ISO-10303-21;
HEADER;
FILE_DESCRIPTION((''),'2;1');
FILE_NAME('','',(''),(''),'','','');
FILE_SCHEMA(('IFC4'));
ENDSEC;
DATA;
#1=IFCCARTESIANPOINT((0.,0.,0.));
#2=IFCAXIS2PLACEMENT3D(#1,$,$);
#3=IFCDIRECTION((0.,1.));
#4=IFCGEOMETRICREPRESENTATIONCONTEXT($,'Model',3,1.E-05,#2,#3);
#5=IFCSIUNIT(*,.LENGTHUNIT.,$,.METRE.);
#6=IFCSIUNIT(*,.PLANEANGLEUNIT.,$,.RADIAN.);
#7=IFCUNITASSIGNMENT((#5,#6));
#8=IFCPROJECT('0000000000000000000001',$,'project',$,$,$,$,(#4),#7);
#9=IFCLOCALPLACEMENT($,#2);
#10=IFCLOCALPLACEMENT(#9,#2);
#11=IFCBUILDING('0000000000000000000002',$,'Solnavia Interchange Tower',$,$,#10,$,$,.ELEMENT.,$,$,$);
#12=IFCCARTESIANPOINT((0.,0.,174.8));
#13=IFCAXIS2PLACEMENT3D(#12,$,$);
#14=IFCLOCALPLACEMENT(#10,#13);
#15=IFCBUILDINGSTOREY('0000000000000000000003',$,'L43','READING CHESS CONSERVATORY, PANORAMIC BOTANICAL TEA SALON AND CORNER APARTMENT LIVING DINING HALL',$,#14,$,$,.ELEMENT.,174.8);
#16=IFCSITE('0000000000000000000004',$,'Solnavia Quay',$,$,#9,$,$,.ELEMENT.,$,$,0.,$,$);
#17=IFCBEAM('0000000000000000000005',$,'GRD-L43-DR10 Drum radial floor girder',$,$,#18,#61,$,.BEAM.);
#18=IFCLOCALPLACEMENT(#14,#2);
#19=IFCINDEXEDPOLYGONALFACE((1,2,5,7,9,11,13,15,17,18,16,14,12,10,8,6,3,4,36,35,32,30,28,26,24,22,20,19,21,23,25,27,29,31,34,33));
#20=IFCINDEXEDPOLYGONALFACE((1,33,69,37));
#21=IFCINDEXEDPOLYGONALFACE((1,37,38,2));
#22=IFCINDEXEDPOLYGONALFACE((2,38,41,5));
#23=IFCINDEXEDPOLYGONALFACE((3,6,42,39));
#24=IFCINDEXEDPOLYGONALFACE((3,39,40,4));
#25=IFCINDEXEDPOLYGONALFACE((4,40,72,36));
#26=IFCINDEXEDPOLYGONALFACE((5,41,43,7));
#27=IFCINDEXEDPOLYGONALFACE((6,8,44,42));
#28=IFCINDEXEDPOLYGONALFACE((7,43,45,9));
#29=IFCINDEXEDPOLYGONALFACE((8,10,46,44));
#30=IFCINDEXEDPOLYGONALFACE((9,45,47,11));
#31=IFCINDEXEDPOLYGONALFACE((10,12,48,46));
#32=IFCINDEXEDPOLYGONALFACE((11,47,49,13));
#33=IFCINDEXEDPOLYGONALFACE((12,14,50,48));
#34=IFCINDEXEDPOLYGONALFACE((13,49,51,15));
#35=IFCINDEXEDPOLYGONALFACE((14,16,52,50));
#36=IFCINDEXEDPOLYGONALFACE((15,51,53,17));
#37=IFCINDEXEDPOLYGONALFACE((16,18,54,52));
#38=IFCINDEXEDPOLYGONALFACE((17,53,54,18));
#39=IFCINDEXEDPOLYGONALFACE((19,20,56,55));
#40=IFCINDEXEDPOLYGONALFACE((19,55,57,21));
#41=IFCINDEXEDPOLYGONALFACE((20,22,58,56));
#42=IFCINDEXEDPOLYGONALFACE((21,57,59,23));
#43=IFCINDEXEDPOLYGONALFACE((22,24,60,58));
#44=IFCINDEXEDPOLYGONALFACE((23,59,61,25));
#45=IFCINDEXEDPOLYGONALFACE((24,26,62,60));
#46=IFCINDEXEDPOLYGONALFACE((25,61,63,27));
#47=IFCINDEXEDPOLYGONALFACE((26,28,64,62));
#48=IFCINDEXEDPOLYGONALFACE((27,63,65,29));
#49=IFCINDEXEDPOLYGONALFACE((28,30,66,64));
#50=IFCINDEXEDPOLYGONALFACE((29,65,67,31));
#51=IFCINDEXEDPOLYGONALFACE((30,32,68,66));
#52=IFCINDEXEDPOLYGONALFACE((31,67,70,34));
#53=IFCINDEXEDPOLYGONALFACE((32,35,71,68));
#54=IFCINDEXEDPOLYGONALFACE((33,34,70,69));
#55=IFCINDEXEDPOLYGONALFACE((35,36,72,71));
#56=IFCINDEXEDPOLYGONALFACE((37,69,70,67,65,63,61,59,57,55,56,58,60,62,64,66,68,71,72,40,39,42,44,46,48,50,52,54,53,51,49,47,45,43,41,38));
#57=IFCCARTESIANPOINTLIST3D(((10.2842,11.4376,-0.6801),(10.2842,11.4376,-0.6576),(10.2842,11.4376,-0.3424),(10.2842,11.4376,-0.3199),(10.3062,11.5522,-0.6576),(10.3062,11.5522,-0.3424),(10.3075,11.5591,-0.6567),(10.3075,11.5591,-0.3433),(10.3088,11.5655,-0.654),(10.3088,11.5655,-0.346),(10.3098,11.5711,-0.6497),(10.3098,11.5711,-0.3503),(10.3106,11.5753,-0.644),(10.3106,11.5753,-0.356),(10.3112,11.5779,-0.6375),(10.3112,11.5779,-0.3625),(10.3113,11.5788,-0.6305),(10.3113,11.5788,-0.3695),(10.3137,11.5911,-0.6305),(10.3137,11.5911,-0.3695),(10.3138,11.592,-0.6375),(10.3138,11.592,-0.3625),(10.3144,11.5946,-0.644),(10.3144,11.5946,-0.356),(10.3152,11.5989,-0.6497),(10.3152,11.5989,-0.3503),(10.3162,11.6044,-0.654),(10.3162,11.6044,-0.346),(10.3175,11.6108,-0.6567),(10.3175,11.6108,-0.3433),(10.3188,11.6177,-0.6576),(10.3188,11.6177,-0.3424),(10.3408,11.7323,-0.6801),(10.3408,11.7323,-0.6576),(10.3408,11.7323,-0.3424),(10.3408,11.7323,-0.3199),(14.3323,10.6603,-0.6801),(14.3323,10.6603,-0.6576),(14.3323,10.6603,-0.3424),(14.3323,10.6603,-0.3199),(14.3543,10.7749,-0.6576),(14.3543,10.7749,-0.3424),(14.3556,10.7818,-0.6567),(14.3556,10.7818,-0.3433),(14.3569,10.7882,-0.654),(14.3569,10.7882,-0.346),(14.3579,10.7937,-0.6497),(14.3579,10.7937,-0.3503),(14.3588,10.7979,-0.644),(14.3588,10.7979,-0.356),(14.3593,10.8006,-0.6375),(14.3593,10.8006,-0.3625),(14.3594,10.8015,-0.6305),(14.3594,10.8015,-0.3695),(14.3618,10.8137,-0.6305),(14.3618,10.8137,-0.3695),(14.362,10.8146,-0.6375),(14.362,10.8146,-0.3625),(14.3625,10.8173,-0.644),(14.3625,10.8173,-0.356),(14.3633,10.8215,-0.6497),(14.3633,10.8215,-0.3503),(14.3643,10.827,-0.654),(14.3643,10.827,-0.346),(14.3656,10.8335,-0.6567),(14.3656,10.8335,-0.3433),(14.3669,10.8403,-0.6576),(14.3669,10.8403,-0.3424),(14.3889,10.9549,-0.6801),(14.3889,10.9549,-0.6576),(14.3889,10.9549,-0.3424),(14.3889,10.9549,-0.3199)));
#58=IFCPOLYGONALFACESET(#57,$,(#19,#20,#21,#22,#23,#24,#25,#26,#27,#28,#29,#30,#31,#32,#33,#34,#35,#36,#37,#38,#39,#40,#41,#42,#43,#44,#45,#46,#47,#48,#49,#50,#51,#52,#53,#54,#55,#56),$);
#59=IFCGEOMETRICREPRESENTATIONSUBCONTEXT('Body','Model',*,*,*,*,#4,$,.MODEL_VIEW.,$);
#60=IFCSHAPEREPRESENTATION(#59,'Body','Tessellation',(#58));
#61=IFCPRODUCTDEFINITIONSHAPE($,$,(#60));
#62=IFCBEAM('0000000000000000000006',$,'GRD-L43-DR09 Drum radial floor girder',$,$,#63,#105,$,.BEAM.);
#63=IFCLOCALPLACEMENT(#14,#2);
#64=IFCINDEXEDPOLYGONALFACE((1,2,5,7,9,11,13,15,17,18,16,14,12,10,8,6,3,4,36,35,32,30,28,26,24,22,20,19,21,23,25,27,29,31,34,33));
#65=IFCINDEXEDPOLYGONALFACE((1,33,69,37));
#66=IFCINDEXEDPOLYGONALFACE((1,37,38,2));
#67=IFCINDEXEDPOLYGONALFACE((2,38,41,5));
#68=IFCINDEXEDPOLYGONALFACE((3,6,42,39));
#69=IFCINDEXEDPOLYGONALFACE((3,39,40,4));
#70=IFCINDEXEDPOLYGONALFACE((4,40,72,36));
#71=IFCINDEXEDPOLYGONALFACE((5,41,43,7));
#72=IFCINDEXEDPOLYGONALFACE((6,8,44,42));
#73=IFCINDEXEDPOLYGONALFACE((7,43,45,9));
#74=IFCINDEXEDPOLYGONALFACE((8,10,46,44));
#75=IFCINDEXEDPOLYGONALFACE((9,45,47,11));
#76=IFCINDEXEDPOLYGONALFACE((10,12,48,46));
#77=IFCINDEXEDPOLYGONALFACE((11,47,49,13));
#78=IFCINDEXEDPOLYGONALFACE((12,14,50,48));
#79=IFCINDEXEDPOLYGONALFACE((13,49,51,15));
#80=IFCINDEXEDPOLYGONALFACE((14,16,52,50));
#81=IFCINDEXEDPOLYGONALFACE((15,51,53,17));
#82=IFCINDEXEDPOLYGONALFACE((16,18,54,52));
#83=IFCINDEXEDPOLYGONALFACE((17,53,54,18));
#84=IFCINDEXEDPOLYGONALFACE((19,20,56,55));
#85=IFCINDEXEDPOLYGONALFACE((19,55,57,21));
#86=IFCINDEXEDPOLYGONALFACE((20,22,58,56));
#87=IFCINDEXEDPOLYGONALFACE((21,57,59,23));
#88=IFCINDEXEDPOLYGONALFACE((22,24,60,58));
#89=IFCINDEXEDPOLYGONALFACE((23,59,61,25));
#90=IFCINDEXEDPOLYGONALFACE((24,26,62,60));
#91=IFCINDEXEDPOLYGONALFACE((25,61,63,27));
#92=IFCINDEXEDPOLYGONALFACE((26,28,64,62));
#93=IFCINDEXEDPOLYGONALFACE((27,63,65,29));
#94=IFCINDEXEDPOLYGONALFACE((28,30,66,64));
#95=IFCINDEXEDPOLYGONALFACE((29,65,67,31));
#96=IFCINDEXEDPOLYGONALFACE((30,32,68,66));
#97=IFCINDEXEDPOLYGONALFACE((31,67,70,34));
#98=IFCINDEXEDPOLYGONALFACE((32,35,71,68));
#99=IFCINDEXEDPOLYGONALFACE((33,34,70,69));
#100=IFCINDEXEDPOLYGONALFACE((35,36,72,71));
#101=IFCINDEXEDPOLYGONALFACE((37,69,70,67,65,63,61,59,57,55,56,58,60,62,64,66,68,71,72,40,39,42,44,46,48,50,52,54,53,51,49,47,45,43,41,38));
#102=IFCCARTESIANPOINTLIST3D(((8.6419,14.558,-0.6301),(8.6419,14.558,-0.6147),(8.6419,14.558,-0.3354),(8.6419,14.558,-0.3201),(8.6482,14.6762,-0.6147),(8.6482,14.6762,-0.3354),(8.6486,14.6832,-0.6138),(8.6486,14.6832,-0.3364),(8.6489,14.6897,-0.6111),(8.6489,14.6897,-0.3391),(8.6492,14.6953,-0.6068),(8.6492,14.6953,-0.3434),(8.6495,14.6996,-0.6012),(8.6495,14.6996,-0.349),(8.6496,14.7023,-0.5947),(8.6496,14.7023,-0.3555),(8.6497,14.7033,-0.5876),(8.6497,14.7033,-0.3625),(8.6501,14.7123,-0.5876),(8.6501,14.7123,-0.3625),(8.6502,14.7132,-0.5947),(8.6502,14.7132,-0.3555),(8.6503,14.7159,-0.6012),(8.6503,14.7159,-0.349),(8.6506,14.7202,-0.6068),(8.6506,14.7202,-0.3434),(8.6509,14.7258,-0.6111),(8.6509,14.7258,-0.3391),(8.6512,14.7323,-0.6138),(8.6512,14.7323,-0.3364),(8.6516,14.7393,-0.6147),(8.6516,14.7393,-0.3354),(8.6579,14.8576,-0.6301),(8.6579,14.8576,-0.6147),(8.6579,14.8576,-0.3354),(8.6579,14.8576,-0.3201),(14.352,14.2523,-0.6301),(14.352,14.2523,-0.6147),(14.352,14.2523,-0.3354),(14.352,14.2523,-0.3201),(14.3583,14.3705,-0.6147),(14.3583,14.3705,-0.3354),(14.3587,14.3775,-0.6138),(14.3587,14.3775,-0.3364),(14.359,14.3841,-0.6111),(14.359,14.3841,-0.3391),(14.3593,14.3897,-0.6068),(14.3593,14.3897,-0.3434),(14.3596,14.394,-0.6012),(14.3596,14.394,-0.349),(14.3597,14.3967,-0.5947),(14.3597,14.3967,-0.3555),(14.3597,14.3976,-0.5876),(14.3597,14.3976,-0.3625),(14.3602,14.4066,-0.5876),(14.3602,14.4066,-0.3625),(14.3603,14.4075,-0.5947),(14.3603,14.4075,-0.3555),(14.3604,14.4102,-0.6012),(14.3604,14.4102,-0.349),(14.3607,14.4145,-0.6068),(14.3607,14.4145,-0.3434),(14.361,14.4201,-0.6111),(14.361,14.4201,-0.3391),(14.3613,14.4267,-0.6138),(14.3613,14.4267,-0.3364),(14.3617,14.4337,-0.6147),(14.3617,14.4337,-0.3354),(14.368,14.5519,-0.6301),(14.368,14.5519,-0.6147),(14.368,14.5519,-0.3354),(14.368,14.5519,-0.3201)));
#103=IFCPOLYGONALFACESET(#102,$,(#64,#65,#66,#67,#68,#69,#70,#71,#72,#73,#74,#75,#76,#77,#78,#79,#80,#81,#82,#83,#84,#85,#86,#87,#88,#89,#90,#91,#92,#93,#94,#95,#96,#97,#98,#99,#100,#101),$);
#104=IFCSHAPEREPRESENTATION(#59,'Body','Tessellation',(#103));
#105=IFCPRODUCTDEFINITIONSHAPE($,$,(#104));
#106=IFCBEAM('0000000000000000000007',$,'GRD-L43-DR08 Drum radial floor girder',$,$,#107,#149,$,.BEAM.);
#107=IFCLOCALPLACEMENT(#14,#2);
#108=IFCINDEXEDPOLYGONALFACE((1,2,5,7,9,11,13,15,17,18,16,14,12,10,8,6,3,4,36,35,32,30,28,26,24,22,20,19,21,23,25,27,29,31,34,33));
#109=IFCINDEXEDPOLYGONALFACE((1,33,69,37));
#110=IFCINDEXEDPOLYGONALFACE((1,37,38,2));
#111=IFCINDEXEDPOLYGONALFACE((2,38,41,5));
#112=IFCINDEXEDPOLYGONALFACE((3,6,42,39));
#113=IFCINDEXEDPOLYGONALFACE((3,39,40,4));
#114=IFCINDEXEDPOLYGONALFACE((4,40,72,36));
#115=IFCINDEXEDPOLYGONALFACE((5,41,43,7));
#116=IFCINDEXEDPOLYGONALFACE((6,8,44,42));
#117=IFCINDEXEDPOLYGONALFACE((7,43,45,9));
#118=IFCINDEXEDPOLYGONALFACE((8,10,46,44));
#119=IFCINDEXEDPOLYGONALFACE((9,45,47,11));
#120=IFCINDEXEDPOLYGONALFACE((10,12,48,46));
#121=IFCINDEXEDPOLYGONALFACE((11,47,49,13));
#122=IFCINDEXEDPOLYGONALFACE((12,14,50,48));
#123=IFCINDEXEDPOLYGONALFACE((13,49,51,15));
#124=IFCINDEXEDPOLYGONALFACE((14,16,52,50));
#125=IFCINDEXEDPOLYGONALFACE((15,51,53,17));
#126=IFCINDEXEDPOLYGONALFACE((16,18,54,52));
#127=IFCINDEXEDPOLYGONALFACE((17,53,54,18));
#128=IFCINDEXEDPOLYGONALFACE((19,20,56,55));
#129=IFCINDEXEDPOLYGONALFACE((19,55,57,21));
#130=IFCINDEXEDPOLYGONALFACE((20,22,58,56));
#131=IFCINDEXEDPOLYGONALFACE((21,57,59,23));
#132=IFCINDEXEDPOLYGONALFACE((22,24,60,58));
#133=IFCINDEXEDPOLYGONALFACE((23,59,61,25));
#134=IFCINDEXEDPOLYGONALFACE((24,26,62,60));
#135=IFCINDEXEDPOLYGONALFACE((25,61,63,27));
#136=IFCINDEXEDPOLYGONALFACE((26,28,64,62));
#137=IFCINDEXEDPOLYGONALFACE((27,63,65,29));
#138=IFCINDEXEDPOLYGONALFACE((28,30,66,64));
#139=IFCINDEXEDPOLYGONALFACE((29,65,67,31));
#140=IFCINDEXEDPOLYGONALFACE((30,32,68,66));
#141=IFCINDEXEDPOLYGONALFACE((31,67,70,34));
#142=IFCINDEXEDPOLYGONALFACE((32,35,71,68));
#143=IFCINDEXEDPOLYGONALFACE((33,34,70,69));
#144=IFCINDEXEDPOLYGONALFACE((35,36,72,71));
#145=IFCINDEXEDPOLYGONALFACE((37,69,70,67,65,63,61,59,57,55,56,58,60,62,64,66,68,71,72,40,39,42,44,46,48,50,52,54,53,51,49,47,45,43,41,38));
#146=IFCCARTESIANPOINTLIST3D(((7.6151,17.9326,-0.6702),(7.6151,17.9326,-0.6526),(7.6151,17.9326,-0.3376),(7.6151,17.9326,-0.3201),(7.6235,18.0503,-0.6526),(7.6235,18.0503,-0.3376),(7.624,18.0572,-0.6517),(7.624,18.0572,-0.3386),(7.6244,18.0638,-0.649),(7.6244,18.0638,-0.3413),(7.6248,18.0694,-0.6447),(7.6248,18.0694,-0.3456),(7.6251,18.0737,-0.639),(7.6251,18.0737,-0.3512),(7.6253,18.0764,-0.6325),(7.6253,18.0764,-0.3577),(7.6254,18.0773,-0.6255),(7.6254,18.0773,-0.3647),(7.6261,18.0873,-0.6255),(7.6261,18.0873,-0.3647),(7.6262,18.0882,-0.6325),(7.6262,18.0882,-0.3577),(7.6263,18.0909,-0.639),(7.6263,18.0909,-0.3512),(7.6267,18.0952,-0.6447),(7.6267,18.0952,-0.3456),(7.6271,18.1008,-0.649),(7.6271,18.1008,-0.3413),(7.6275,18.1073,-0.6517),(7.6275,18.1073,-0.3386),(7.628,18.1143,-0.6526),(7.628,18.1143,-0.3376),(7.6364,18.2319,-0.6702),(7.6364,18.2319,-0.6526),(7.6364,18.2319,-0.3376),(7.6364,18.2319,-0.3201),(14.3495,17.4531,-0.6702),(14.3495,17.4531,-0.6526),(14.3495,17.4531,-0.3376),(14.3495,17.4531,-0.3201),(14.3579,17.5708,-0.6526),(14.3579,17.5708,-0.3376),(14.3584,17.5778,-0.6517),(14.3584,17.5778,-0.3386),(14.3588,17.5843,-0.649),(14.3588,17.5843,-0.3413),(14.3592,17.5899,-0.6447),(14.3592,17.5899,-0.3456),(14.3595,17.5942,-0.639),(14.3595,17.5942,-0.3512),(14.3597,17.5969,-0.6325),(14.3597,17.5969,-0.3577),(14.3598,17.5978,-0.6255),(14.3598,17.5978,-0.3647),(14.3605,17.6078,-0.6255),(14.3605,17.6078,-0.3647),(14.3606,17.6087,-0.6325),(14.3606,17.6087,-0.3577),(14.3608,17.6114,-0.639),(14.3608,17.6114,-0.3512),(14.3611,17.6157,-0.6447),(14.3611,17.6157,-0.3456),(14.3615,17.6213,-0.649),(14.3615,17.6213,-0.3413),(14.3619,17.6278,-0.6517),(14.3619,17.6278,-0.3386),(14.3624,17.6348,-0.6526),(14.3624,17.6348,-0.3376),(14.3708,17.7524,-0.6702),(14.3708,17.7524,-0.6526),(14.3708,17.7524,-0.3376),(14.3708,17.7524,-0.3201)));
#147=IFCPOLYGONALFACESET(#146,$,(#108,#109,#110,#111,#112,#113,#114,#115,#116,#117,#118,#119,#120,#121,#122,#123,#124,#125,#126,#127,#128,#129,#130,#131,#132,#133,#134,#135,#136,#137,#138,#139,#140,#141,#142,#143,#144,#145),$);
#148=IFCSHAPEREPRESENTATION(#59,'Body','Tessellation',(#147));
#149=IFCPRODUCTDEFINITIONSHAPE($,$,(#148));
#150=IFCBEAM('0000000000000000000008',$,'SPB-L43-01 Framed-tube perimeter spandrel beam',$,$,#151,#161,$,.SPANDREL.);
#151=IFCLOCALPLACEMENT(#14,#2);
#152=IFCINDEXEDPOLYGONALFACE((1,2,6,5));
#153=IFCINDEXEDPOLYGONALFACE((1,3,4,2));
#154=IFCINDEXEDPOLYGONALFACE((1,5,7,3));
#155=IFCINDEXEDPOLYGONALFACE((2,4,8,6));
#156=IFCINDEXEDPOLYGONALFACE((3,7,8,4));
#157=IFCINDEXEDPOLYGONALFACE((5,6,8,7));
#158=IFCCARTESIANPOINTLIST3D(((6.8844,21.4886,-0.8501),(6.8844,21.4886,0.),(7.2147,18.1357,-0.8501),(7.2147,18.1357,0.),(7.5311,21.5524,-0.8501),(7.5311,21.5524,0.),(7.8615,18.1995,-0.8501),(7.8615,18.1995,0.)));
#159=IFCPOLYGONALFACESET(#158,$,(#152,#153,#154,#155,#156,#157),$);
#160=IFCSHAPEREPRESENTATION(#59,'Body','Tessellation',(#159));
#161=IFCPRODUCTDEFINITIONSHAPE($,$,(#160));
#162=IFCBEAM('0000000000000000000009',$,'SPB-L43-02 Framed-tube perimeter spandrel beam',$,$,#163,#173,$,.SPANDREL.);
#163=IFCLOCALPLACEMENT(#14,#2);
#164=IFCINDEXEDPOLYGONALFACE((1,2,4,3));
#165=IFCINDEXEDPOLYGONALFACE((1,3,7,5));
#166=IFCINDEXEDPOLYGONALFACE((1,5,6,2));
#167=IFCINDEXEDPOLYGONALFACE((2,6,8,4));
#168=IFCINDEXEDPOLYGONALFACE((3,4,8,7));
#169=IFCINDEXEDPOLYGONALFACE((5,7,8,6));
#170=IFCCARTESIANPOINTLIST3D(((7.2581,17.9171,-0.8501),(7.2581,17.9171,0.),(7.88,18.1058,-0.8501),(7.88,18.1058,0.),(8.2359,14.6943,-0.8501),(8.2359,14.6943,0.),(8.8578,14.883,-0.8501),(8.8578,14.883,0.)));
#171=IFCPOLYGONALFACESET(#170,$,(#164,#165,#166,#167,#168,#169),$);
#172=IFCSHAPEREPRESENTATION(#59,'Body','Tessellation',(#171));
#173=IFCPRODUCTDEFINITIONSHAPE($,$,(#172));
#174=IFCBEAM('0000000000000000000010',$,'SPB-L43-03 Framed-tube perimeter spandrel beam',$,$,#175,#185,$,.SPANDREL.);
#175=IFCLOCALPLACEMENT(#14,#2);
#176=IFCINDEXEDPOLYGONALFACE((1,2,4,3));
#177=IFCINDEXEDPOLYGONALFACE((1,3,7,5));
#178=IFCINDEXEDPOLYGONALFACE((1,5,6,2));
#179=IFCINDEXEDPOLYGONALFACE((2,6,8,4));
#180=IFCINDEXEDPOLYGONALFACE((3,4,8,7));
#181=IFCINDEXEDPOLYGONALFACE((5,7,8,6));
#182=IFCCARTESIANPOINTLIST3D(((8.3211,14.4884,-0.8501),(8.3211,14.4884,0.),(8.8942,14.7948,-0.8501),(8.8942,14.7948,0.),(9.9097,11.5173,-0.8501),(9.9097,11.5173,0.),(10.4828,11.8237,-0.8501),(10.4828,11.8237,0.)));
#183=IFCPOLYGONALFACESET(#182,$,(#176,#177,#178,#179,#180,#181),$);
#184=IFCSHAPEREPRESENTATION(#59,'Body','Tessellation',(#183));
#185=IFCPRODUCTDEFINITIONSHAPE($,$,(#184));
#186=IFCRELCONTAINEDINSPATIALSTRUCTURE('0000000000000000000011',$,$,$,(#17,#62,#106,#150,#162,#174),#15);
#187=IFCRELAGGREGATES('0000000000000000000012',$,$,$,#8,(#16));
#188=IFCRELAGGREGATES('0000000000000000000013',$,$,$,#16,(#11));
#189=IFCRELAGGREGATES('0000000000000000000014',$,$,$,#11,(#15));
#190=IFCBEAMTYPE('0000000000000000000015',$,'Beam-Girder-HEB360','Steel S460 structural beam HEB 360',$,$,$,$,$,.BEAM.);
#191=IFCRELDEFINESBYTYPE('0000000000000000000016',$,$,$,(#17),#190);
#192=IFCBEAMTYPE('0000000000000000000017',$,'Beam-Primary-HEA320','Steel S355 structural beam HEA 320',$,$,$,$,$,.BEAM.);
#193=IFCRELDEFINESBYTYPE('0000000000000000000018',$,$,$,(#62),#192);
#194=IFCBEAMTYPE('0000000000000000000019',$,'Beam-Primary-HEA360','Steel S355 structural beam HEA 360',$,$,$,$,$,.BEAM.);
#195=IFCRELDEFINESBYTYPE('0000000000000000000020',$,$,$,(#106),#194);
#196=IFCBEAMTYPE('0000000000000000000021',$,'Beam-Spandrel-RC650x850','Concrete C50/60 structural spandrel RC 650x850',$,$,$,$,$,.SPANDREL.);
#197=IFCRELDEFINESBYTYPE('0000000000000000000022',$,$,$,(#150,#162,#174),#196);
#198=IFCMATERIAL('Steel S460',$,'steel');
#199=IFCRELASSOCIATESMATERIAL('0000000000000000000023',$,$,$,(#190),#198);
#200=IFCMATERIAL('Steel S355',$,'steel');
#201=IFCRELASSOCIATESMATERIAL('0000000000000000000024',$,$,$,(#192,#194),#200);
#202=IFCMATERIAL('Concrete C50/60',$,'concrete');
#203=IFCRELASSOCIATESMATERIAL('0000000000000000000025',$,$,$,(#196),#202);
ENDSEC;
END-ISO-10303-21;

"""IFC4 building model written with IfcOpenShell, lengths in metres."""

from ifc_helpers import new_model, si_unit, direction, frame, origin, origin_2d, place, context, subcontext, project, spatial, rectangle, i_section, extrude, material, material_profile, profile_set, type_object, element, save


model = new_model("IFC4")

# Units and contexts
model_context = context("Model", 3, precision=1e-05, world=origin(), true_north=direction((0.0, 1.0)))
body_context = subcontext(model_context, "Body", "Model", "MODEL_VIEW")
ifc_project = project(units=[si_unit("LENGTHUNIT", "METRE"), si_unit("PLANEANGLEUNIT", "RADIAN")], contexts=[model_context])

# Site, building, storey
site_placement = place(None, origin())
site = spatial("IfcSite", under=ifc_project, at=site_placement, Name="Solnavia Quay", CompositionType="ELEMENT", RefElevation=0.0)
building_placement = place(site_placement, origin())
building = spatial("IfcBuilding", under=site, at=building_placement, Name="Solnavia Interchange Tower", CompositionType="ELEMENT")
storey_placement = place(building_placement, frame((0.0, 0.0, 174.8)))
storey = spatial("IfcBuildingStorey", under=building, at=storey_placement, Name="L43", Description="READING CHESS CONSERVATORY, PANORAMIC BOTANICAL TEA SALON AND CORNER APARTMENT LIVING DINING HALL", CompositionType="ELEMENT", Elevation=174.8)

# Shared definitions
ifc_material_1 = material(Name="Concrete C50/60", Category="concrete")

# Beams
ifc_material_2 = material(Name="Steel S460", Category="steel")
ifc_material_profile_1 = material_profile(ifc_material_2, i_section(OverallWidth=0.3, OverallDepth=0.3601, WebThickness=0.0125, FlangeThickness=0.0225, FilletRadius=0.0271, at=origin_2d()), Name="HEB 360")
ifc_profile_set_1 = profile_set([ifc_material_profile_1], Name="Steel S460")
beam_type_1 = type_object("IfcBeamType", Name="Beam-Girder-HEB360", Description="Steel S460 structural beam HEB 360", PredefinedType="BEAM", material=ifc_profile_set_1)
beam_1_placement = place(storey_placement, frame((10.3125, 11.585, -0.5), z_axis=(0.982058, -0.188582, 0.0), x_axis=(0.188582, 0.982058, 0.0)))
element("IfcBeam", 1, at=beam_1_placement, inside=storey, type_object=beam_type_1, Name="GRD-L43-DR10 Drum radial floor girder", PredefinedType="BEAM", context=body_context, shape_type="SweptSolid", body=[
    extrude(i_section(OverallWidth=0.3, OverallDepth=0.3601, WebThickness=0.0125, FlangeThickness=0.0225, FilletRadius=0.0271, at=origin_2d()), origin(), (0.0, 0.0, 1.0), 4.1221),
])
ifc_material_3 = material(Name="Steel S355", Category="steel")
ifc_material_profile_2 = material_profile(ifc_material_3, i_section(OverallWidth=0.3, OverallDepth=0.3101, WebThickness=0.009, FlangeThickness=0.0154, FilletRadius=0.0271, at=origin_2d()), Name="HEA 320")
ifc_profile_set_2 = profile_set([ifc_material_profile_2], Name="Steel S355")
beam_type_2 = type_object("IfcBeamType", Name="Beam-Primary-HEA320", Description="Steel S355 structural beam HEA 320", PredefinedType="BEAM", material=ifc_profile_set_2)
beam_2_placement = place(storey_placement, frame((8.6499, 14.7078, -0.4751), z_axis=(0.99857, -0.053453, 0.0), x_axis=(0.053453, 0.99857, 0.0)))
element("IfcBeam", 2, at=beam_2_placement, inside=storey, type_object=beam_type_2, Name="GRD-L43-DR09 Drum radial floor girder", PredefinedType="BEAM", context=body_context, shape_type="SweptSolid", body=[
    extrude(i_section(OverallWidth=0.3, OverallDepth=0.3101, WebThickness=0.009, FlangeThickness=0.0154, FilletRadius=0.0271, at=origin_2d()), origin(), (0.0, 0.0, 1.0), 5.7183),
])
ifc_material_profile_3 = material_profile(ifc_material_3, i_section(OverallWidth=0.3, OverallDepth=0.3501, WebThickness=0.01, FlangeThickness=0.0176, FilletRadius=0.0271, at=origin_2d()), Name="HEA 360")
ifc_profile_set_3 = profile_set([ifc_material_profile_3], Name="Steel S355")
beam_type_3 = type_object("IfcBeamType", Name="Beam-Primary-HEA360", Description="Steel S355 structural beam HEA 360", PredefinedType="BEAM", material=ifc_profile_set_3)
beam_3_placement = place(storey_placement, frame((7.6257, 18.0823, -0.4951), z_axis=(0.997475, -0.071021, 0.0), x_axis=(0.071021, 0.997475, 0.0)))
element("IfcBeam", 3, at=beam_3_placement, inside=storey, type_object=beam_type_3, Name="GRD-L43-DR08 Drum radial floor girder", PredefinedType="BEAM", context=body_context, shape_type="SweptSolid", body=[
    extrude(i_section(OverallWidth=0.3, OverallDepth=0.3501, WebThickness=0.01, FlangeThickness=0.0176, FilletRadius=0.0271, at=origin_2d()), origin(), (0.0, 0.0, 1.0), 6.7515),
])
ifc_material_profile_4 = material_profile(ifc_material_1, rectangle(XDim=0.6499, YDim=0.8501, at=origin_2d()), Name="RC 650x850")
ifc_profile_set_4 = profile_set([ifc_material_profile_4], Name="Concrete C50/60")
beam_type_4 = type_object("IfcBeamType", Name="Beam-Spandrel-RC650x850", Description="Concrete C50/60 structural spandrel RC 650x850", PredefinedType="SPANDREL", material=ifc_profile_set_4)
beam_4_placement = place(storey_placement, frame((7.2078, 21.5205, -0.425), z_axis=(0.09804, -0.995182, 0.0), x_axis=(0.995182, 0.09804, 0.0)))
element("IfcBeam", 4, at=beam_4_placement, inside=storey, type_object=beam_type_4, Name="SPB-L43-01 Framed-tube perimeter spandrel beam", PredefinedType="SPANDREL", context=body_context, shape_type="SweptSolid", body=[
    extrude(rectangle(XDim=0.6499, YDim=0.8501, at=origin_2d()), origin(), (0.0, 0.0, 1.0), 3.3691),
])
beam_5_placement = place(storey_placement, frame((7.5691, 18.0115, -0.425), z_axis=(0.290319, -0.95693, 0.0), x_axis=(0.95693, 0.290319, 0.0)))
element("IfcBeam", 5, at=beam_5_placement, inside=storey, type_object=beam_type_4, Name="SPB-L43-02 Framed-tube perimeter spandrel beam", PredefinedType="SPANDREL", context=body_context, shape_type="SweptSolid", body=[
    extrude(rectangle(XDim=0.6499, YDim=0.8501, at=origin_2d()), origin(), (0.0, 0.0, 1.0), 3.3679),
])
beam_6_placement = place(storey_placement, frame((8.6077, 14.6416, -0.425), z_axis=(0.471509, -0.881861, 0.0), x_axis=(0.881861, 0.471509, 0.0)))
element("IfcBeam", 6, at=beam_6_placement, inside=storey, type_object=beam_type_4, Name="SPB-L43-03 Framed-tube perimeter spandrel beam", PredefinedType="SPANDREL", context=body_context, shape_type="SweptSolid", body=[
    extrude(rectangle(XDim=0.6499, YDim=0.8501, at=origin_2d()), origin(), (0.0, 0.0, 1.0), 3.3691),
])

save(model, "model.ifc")
